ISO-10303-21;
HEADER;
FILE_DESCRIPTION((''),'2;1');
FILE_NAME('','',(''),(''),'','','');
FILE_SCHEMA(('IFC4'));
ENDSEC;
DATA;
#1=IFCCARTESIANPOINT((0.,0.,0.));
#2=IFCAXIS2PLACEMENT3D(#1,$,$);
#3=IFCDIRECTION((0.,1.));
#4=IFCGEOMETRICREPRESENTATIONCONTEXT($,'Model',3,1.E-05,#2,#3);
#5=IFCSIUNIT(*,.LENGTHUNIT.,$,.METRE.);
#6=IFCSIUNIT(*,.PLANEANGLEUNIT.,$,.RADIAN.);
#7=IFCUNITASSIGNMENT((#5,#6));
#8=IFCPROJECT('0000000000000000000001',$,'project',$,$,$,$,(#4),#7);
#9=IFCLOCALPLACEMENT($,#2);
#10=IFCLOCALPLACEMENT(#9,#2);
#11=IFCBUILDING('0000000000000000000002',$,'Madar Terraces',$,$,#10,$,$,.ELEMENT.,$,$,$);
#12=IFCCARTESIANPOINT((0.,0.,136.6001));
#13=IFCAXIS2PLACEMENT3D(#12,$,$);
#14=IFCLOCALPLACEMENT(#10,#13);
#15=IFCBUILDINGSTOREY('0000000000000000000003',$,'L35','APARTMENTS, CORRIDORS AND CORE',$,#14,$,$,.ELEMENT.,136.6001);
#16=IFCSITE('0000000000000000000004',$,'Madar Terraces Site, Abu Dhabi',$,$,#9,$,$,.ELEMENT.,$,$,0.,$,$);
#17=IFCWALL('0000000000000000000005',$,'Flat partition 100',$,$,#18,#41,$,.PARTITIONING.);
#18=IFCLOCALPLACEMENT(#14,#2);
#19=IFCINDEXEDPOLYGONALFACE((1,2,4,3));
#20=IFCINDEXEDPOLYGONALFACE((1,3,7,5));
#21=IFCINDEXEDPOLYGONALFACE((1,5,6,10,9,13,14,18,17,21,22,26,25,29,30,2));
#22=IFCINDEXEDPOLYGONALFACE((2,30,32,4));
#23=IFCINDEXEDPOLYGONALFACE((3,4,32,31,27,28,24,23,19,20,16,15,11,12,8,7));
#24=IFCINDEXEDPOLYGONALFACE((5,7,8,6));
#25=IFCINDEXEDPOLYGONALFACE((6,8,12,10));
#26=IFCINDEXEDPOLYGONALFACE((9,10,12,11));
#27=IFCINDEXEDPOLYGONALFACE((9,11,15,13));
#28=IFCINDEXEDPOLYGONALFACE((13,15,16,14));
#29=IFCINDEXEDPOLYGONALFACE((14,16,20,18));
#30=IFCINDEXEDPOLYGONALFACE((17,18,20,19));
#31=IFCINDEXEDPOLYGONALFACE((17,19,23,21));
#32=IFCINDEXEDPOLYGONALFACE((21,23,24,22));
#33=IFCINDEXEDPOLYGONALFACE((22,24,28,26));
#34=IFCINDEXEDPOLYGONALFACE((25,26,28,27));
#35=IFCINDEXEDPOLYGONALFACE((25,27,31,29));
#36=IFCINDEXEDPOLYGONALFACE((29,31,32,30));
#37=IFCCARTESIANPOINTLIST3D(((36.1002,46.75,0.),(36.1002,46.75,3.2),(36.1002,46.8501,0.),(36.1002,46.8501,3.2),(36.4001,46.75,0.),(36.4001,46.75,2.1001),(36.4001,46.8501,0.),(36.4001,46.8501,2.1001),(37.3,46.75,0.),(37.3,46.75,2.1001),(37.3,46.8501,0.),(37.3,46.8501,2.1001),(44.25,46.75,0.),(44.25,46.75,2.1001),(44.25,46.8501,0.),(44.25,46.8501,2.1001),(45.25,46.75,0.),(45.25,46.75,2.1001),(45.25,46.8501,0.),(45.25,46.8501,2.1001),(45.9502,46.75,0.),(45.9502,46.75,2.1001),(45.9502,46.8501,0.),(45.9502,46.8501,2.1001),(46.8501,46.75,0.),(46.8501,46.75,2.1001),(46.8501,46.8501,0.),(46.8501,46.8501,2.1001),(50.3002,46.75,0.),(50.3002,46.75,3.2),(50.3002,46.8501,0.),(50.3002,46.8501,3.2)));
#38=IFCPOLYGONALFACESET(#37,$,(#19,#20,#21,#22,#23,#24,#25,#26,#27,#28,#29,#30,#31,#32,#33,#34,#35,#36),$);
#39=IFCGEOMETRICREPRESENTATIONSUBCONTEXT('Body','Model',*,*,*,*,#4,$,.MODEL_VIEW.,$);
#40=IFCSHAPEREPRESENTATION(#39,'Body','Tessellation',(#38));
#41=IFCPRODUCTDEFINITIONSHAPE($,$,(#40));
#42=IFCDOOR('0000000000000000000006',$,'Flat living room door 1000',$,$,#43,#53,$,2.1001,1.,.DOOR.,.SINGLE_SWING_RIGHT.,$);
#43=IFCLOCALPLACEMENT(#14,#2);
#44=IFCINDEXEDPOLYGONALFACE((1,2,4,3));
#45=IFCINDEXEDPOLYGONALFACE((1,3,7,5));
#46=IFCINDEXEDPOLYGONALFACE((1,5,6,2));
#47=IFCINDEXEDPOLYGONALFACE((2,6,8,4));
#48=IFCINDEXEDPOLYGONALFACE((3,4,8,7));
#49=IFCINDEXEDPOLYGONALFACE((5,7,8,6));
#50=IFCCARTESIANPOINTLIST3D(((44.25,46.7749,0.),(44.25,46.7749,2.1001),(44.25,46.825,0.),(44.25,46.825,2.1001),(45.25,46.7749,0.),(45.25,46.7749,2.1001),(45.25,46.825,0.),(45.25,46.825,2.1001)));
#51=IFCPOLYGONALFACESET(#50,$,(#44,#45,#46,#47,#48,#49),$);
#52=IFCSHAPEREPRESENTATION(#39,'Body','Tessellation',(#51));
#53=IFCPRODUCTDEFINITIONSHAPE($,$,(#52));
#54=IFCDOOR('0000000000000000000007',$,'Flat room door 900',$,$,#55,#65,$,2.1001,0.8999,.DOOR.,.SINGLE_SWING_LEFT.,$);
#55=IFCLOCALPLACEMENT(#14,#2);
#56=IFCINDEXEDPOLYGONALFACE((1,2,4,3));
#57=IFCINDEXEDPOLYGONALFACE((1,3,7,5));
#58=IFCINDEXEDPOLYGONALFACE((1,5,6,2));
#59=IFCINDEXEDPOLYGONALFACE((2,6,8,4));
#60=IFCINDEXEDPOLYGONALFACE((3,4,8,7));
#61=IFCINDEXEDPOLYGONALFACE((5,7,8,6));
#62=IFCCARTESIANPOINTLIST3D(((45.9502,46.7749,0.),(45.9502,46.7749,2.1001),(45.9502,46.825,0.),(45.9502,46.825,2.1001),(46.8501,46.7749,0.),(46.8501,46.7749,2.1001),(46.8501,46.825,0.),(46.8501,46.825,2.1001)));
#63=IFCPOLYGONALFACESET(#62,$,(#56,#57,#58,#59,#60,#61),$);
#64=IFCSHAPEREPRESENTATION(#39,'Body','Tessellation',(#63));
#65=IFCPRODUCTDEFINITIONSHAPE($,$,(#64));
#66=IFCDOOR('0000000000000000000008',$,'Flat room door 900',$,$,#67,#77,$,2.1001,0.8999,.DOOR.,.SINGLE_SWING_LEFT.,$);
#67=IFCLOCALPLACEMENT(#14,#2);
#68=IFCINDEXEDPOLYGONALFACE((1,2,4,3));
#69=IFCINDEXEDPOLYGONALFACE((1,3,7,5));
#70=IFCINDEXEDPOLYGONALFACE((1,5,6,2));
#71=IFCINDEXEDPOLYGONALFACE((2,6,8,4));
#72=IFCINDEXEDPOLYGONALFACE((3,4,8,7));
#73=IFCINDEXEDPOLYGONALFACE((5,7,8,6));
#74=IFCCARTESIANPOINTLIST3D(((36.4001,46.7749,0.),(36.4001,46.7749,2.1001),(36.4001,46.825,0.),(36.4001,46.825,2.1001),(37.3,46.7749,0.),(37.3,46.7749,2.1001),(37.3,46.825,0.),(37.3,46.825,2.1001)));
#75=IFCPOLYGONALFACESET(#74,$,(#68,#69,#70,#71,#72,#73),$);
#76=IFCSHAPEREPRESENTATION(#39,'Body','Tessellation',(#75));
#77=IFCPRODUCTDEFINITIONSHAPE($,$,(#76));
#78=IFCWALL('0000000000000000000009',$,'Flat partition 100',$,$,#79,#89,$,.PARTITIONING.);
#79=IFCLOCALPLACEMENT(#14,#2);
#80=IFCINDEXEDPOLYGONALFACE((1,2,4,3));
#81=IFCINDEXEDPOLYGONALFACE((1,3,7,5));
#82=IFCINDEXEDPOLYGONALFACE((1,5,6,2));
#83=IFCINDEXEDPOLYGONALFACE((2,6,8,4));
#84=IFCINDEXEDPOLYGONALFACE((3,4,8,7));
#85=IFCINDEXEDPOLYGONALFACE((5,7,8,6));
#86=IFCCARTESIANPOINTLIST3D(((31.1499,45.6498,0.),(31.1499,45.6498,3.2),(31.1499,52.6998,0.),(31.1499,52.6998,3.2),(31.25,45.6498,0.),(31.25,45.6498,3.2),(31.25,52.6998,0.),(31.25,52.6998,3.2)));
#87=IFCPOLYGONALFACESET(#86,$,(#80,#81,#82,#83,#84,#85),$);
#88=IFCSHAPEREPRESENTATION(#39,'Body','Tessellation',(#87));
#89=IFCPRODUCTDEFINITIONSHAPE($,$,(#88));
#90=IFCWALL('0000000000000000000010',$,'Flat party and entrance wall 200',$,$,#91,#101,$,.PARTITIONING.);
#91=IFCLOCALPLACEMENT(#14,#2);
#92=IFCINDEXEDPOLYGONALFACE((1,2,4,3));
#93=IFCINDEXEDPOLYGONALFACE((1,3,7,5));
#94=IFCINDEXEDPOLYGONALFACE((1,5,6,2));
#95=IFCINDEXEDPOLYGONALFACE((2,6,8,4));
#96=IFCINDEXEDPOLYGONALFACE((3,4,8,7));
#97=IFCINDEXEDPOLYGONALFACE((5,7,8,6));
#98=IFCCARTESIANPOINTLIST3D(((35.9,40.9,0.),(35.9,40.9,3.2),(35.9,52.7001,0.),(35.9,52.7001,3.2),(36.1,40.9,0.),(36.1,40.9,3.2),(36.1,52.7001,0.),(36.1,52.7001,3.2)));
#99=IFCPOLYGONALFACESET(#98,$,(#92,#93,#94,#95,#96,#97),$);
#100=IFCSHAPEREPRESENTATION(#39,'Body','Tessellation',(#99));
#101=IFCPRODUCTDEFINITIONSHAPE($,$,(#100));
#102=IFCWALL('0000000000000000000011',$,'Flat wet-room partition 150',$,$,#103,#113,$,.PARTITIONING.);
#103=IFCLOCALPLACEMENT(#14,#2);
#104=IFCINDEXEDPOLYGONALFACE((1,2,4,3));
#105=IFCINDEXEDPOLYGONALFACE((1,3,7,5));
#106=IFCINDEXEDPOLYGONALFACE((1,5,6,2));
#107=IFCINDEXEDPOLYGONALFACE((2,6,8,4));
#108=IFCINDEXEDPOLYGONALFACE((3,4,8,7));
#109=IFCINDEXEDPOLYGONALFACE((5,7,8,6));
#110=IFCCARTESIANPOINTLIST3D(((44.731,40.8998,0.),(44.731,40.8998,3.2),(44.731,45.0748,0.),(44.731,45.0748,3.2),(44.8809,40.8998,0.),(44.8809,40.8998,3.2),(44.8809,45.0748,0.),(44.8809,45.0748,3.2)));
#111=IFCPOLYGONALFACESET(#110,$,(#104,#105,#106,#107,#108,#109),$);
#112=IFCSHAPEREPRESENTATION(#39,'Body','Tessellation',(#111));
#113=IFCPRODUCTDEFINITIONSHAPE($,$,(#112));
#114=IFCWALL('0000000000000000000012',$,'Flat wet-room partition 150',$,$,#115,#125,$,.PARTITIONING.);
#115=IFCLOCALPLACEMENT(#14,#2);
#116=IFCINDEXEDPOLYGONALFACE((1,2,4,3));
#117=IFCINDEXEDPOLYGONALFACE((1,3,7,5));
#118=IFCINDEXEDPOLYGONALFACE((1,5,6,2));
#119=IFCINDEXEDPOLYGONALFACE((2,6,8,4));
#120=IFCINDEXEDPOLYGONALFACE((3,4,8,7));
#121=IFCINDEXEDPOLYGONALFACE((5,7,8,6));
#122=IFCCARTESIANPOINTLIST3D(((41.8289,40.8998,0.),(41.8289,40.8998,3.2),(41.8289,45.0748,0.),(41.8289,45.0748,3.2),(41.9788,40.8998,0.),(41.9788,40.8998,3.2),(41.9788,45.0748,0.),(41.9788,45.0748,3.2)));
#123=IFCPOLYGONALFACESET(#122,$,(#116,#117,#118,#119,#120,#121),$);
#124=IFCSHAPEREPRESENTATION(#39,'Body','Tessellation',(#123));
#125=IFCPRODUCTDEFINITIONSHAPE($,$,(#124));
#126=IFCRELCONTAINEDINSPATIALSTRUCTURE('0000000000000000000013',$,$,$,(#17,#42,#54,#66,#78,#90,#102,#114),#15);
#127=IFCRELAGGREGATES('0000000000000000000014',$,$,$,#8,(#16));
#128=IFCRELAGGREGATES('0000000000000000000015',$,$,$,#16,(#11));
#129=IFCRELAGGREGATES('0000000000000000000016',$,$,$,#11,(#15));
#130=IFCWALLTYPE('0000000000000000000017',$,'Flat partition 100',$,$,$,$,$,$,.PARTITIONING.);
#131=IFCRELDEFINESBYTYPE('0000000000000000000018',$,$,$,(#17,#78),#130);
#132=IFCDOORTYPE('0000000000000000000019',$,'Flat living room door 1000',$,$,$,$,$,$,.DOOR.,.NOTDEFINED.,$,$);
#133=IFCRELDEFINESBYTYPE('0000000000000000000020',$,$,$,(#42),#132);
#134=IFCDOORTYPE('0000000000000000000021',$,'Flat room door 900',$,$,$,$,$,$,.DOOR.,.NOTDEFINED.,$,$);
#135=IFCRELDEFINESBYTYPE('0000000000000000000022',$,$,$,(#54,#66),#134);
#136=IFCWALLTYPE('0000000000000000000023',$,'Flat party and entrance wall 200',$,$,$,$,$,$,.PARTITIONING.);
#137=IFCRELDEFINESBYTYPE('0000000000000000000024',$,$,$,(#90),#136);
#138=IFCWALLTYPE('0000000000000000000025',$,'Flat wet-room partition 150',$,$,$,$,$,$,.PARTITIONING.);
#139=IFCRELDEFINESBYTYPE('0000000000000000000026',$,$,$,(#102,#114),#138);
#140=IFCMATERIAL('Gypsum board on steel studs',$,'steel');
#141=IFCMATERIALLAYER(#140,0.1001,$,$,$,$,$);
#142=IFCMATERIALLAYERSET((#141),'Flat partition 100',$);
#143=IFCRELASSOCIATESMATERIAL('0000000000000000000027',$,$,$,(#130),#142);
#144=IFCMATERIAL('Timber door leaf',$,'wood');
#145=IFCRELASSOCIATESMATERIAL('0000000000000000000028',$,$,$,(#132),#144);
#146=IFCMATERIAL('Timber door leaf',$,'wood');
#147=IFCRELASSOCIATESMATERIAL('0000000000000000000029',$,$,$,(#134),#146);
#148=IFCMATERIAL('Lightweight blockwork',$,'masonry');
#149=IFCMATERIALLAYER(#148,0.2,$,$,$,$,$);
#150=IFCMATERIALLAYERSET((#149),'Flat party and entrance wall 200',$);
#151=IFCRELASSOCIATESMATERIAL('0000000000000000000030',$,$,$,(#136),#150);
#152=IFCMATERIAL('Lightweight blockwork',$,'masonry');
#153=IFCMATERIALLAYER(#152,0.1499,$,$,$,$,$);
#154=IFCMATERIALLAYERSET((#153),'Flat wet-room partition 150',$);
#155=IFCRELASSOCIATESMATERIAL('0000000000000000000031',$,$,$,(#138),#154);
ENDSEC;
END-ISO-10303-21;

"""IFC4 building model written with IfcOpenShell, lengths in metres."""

from ifc_helpers import new_model, si_unit, direction, frame, frame_2d, origin, place, context, subcontext, project, spatial, rectangle, extrude, material, layer, layer_set, type_object, element, fill, save


model = new_model("IFC4")

# Units and contexts
model_context = context("Model", 3, precision=1e-05, world=origin(), true_north=direction((0.0, 1.0)))
body_context = subcontext(model_context, "Body", "Model", "MODEL_VIEW")
ifc_project = project(units=[si_unit("LENGTHUNIT", "METRE"), si_unit("PLANEANGLEUNIT", "RADIAN")], contexts=[model_context])

# Site, building, storey
site_placement = place(None, origin())
site = spatial("IfcSite", under=ifc_project, at=site_placement, Name="Madar Terraces Site, Abu Dhabi", CompositionType="ELEMENT", RefElevation=0.0)
building_placement = place(site_placement, origin())
building = spatial("IfcBuilding", under=site, at=building_placement, Name="Madar Terraces", CompositionType="ELEMENT")
storey_placement = place(building_placement, frame((0.0, 0.0, 136.6001)))
storey = spatial("IfcBuildingStorey", under=building, at=storey_placement, Name="L35", Description="APARTMENTS, CORRIDORS AND CORE", CompositionType="ELEMENT", Elevation=136.6001)

# Shared definitions
ifc_material_1 = material(Name="Gypsum board on steel studs", Category="steel")
ifc_layer_1 = layer(ifc_material_1, 0.1001)
ifc_layer_set_1 = layer_set([ifc_layer_1], Name="Flat partition 100")
wall_type_1 = type_object("IfcWallType", Name="Flat partition 100", PredefinedType="PARTITIONING", material=ifc_layer_set_1)

# Wall, openings, doors
wall_1_placement = place(storey_placement, frame((36.1001, 46.8, 0.0), z_axis=(0.0, 0.0, 1.0), x_axis=(1.0, 0.0, 0.0)))
wall_1 = element("IfcWall", 1, at=wall_1_placement, inside=storey, type_object=wall_type_1, Name="Flat partition 100", PredefinedType="PARTITIONING", context=body_context, shape_type="SweptSolid", body=[
    extrude(rectangle(XDim=14.2, YDim=0.1001, at=frame_2d((7.1001, 0.0))), origin(), (0.0, 0.0, 1.0), 3.2),
])
opening_1_placement = place(wall_1_placement, frame((9.8501, 0.0, 0.0)))
opening_1 = element("IfcOpeningElement", 2, at=opening_1_placement, cuts=wall_1, PredefinedType="OPENING", context=body_context, shape_type="SweptSolid", body=[
    extrude(rectangle(XDim=0.8999, YDim=2.1001, at=frame_2d((0.45, 1.05))), frame((0.0, 0.0601, 0.0), z_axis=(0.0, -1.0, 0.0), x_axis=(1.0, 0.0, 0.0)), (0.0, 0.0, 1.0), 0.1201),
])
opening_2_placement = place(wall_1_placement, frame((8.1499, 0.0, 0.0)))
opening_2 = element("IfcOpeningElement", 3, at=opening_2_placement, cuts=wall_1, PredefinedType="OPENING", context=body_context, shape_type="SweptSolid", body=[
    extrude(rectangle(XDim=1.0, YDim=2.1001, at=frame_2d((0.5, 1.05))), frame((0.0, 0.0601, 0.0), z_axis=(0.0, -1.0, 0.0), x_axis=(1.0, 0.0, 0.0)), (0.0, 0.0, 1.0), 0.1201),
])
opening_3_placement = place(wall_1_placement, frame((0.3, 0.0, 0.0)))
opening_3 = element("IfcOpeningElement", 4, at=opening_3_placement, cuts=wall_1, PredefinedType="OPENING", context=body_context, shape_type="SweptSolid", body=[
    extrude(rectangle(XDim=0.8999, YDim=2.1001, at=frame_2d((0.45, 1.05))), frame((0.0, 0.0601, 0.0), z_axis=(0.0, -1.0, 0.0), x_axis=(1.0, 0.0, 0.0)), (0.0, 0.0, 1.0), 0.1201),
])
ifc_material_2 = material(Name="Timber door leaf", Category="wood")
door_type_1 = type_object("IfcDoorType", Name="Flat living room door 1000", OperationType="NOTDEFINED", PredefinedType="DOOR", material=ifc_material_2)
door_1_placement = place(opening_2_placement, origin())
door_1 = element("IfcDoor", 5, at=door_1_placement, inside=storey, type_object=door_type_1, Name="Flat living room door 1000", OperationType="SINGLE_SWING_RIGHT", OverallHeight=2.1001, OverallWidth=1.0, PredefinedType="DOOR", context=body_context, shape_type="SweptSolid", body=[
    extrude(rectangle(XDim=1.0, YDim=2.1001, at=frame_2d((0.5, 1.05))), frame((0.0, 0.0249, 0.0), z_axis=(0.0, -1.0, 0.0), x_axis=(1.0, 0.0, 0.0)), (0.0, 0.0, 1.0), 0.05),
])
fill(opening_2, door_1)
ifc_material_3 = material(Name="Timber door leaf", Category="wood")
door_type_2 = type_object("IfcDoorType", Name="Flat room door 900", OperationType="NOTDEFINED", PredefinedType="DOOR", material=ifc_material_3)
door_2_placement = place(opening_1_placement, origin())
door_2 = element("IfcDoor", 6, at=door_2_placement, inside=storey, type_object=door_type_2, Name="Flat room door 900", OperationType="SINGLE_SWING_LEFT", OverallHeight=2.1001, OverallWidth=0.8999, PredefinedType="DOOR", context=body_context, shape_type="SweptSolid", body=[
    extrude(rectangle(XDim=0.8999, YDim=2.1001, at=frame_2d((0.45, 1.05))), frame((0.0, 0.0249, 0.0), z_axis=(0.0, -1.0, 0.0), x_axis=(1.0, 0.0, 0.0)), (0.0, 0.0, 1.0), 0.05),
])
fill(opening_1, door_2)
door_3_placement = place(opening_3_placement, origin())
door_3 = element("IfcDoor", 7, at=door_3_placement, inside=storey, type_object=door_type_2, Name="Flat room door 900", OperationType="SINGLE_SWING_LEFT", OverallHeight=2.1001, OverallWidth=0.8999, PredefinedType="DOOR", context=body_context, shape_type="SweptSolid", body=[
    extrude(rectangle(XDim=0.8999, YDim=2.1001, at=frame_2d((0.45, 1.05))), frame((0.0, 0.0249, 0.0), z_axis=(0.0, -1.0, 0.0), x_axis=(1.0, 0.0, 0.0)), (0.0, 0.0, 1.0), 0.05),
])
fill(opening_3, door_3)

# Walls
wall_2_placement = place(storey_placement, frame((31.2, 45.6499, 0.0), z_axis=(0.0, 0.0, 1.0), x_axis=(0.0, 1.0, 0.0)))
element("IfcWall", 8, at=wall_2_placement, inside=storey, type_object=wall_type_1, Name="Flat partition 100", PredefinedType="PARTITIONING", context=body_context, shape_type="SweptSolid", body=[
    extrude(rectangle(XDim=7.05, YDim=0.1001, at=frame_2d((3.5249, 0.0))), origin(), (0.0, 0.0, 1.0), 3.2),
])
ifc_material_4 = material(Name="Lightweight blockwork", Category="masonry")
ifc_layer_2 = layer(ifc_material_4, 0.2)
ifc_layer_set_2 = layer_set([ifc_layer_2], Name="Flat party and entrance wall 200")
wall_type_2 = type_object("IfcWallType", Name="Flat party and entrance wall 200", PredefinedType="PARTITIONING", material=ifc_layer_set_2)
wall_3_placement = place(storey_placement, frame((36.0, 52.7, 0.0), z_axis=(0.0, 0.0, 1.0), x_axis=(0.0, -1.0, 0.0)))
element("IfcWall", 9, at=wall_3_placement, inside=storey, type_object=wall_type_2, Name="Flat party and entrance wall 200", PredefinedType="PARTITIONING", context=body_context, shape_type="SweptSolid", body=[
    extrude(rectangle(XDim=11.8, YDim=0.2, at=frame_2d((5.8999, 0.0))), origin(), (0.0, 0.0, 1.0), 3.2),
])
ifc_material_5 = material(Name="Lightweight blockwork", Category="masonry")
ifc_layer_3 = layer(ifc_material_5, 0.1499)
ifc_layer_set_3 = layer_set([ifc_layer_3], Name="Flat wet-room partition 150")
wall_type_3 = type_object("IfcWallType", Name="Flat wet-room partition 150", PredefinedType="PARTITIONING", material=ifc_layer_set_3)
for number, where, z_axis, x_axis, name in (
    (10, (44.8059, 40.8999, 0.0), (0.0, 0.0, 1.0), (0.0, 1.0, 0.0), "Flat wet-room partition 150"),
    (11, (41.9038, 40.8999, 0.0), (0.0, 0.0, 1.0), (0.0, 1.0, 0.0), "Flat wet-room partition 150"),
):
    element("IfcWall", number, at=place(storey_placement, frame(where, z_axis=z_axis, x_axis=x_axis)), inside=storey, type_object=wall_type_3, Name=name, PredefinedType="PARTITIONING", context=body_context, shape_type="SweptSolid", body=[
        extrude(rectangle(XDim=4.175, YDim=0.1499, at=frame_2d((2.0874, 0.0))), origin(), (0.0, 0.0, 1.0), 3.2),
    ])

save(model, "model.ifc")
